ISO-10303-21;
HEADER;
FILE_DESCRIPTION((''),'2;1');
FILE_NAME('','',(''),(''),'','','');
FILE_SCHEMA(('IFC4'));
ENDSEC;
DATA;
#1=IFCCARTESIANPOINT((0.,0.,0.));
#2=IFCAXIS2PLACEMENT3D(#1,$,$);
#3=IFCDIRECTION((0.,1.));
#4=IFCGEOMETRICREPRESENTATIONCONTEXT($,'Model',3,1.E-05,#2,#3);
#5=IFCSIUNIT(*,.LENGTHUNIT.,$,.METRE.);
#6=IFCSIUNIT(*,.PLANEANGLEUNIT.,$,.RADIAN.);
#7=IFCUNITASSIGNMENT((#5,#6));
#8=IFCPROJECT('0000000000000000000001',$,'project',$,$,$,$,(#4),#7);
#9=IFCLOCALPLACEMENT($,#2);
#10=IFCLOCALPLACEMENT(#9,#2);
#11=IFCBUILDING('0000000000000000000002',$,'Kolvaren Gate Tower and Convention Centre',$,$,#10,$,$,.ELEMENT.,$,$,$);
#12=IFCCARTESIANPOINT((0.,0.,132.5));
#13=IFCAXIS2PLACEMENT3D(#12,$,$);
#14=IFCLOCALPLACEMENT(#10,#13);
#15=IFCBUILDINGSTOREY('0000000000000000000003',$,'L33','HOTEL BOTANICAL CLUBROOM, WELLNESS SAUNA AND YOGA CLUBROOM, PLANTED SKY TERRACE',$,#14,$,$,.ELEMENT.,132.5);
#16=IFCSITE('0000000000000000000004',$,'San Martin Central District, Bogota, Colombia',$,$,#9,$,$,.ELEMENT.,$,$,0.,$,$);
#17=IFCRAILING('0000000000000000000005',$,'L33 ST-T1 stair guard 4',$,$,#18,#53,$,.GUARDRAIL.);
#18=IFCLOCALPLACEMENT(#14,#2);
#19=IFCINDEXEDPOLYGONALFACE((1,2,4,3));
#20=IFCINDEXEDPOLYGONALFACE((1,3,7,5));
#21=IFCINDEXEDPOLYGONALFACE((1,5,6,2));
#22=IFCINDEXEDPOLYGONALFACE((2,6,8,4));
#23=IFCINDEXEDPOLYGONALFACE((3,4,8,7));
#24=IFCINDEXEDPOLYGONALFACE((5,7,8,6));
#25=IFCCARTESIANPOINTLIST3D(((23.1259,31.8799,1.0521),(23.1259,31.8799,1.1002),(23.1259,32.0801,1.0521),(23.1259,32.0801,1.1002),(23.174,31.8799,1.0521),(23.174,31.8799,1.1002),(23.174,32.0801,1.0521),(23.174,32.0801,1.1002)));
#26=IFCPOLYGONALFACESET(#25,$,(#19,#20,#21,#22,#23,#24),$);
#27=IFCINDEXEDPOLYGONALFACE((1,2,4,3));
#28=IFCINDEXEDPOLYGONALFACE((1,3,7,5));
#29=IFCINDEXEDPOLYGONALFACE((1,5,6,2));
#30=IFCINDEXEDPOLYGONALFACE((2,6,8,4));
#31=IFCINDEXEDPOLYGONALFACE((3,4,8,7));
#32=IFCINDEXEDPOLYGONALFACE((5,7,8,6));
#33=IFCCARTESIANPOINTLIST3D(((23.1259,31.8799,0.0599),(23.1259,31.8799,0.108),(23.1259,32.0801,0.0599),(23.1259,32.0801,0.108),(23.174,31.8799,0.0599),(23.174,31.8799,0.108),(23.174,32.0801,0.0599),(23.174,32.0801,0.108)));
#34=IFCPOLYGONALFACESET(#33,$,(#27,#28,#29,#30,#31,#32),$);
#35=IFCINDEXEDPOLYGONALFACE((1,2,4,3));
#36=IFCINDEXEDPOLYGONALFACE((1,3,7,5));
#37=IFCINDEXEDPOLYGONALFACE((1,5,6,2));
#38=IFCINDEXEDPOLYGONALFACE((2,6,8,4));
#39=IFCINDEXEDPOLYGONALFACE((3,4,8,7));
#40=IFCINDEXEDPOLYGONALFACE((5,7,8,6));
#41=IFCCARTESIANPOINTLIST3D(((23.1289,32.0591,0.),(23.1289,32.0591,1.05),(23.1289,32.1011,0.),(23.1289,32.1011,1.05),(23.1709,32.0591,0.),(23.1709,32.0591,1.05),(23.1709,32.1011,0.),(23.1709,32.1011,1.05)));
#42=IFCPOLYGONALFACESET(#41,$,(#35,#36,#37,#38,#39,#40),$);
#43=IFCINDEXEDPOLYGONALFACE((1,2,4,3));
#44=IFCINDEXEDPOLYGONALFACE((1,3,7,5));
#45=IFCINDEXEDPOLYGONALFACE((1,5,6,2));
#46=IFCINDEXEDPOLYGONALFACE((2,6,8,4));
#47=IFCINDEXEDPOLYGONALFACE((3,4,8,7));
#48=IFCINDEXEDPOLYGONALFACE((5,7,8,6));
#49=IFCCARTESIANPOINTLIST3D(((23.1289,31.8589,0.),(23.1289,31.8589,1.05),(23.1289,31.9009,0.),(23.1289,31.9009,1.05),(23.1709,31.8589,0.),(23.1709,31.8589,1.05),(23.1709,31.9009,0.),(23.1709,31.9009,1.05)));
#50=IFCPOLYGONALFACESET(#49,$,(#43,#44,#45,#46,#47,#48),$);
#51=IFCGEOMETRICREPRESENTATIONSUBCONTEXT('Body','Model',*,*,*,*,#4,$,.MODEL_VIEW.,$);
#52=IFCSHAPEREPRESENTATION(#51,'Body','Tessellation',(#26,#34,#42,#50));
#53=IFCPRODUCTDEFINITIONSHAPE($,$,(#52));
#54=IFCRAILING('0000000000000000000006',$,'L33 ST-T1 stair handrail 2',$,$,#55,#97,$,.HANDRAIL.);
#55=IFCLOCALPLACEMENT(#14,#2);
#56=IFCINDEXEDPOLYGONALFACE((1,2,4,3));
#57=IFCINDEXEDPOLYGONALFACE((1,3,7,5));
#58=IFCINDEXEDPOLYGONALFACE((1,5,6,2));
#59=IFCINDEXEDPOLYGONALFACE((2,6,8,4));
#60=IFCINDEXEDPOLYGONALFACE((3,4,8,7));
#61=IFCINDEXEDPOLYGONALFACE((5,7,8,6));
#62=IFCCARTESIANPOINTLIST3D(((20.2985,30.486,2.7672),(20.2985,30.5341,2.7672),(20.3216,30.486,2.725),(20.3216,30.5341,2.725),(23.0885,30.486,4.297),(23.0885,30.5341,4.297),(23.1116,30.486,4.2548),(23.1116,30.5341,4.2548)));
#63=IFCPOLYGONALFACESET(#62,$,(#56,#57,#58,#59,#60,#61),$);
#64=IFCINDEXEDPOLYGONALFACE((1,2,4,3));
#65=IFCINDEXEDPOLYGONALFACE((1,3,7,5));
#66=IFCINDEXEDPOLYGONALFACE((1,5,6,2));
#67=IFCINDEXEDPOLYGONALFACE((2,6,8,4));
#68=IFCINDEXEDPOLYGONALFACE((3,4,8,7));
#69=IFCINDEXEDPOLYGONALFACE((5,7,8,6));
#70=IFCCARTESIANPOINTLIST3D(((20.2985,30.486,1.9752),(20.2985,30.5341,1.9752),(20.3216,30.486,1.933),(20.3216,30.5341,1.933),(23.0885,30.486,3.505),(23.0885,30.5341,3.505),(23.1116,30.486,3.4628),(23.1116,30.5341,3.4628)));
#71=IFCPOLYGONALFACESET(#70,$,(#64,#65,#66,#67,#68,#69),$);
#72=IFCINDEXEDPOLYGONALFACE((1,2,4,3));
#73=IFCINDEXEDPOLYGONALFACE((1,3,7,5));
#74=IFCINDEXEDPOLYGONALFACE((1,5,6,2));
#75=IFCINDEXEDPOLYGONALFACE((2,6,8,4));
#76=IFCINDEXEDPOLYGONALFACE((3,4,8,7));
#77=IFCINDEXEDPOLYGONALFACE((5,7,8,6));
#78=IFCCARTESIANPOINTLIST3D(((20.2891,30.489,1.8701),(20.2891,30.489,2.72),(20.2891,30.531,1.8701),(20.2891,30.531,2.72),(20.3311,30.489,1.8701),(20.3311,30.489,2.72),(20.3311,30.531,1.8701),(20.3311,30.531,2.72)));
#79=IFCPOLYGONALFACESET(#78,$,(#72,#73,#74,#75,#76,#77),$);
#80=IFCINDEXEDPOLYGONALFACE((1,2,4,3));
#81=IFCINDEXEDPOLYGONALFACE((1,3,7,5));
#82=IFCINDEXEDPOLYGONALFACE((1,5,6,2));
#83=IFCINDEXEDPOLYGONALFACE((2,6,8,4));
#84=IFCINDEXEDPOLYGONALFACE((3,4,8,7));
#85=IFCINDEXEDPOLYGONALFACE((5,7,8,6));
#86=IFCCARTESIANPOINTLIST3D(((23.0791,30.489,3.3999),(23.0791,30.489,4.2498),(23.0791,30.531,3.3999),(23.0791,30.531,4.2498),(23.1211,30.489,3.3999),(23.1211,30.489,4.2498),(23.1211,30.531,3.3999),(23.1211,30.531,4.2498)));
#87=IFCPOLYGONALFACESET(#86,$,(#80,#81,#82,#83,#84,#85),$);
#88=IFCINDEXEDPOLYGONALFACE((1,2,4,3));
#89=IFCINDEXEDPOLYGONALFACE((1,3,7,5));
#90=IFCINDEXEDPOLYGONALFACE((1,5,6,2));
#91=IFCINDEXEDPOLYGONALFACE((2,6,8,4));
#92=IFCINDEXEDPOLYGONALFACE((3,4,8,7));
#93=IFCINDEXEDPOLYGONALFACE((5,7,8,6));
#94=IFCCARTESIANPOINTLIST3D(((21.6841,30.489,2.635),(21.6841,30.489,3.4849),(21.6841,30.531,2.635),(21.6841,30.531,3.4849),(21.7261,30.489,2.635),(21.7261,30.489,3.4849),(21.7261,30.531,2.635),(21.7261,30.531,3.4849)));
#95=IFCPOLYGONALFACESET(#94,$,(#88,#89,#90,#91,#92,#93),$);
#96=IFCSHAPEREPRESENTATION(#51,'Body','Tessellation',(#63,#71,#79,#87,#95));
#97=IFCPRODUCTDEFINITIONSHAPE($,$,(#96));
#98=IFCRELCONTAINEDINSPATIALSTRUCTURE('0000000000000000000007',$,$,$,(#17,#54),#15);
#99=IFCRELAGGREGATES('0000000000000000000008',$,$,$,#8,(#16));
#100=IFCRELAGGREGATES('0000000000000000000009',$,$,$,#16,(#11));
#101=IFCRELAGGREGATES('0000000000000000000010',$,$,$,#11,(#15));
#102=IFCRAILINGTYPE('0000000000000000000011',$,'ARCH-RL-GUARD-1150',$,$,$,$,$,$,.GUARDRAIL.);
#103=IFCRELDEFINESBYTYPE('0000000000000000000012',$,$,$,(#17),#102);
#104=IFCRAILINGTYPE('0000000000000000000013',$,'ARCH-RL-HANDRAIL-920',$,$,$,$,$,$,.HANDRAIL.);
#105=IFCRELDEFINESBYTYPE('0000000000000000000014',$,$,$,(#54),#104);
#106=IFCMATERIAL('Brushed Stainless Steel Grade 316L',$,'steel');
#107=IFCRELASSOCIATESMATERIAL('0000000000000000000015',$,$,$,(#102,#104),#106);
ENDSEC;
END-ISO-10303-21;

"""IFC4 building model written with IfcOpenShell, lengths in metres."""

from ifc_helpers import new_model, si_unit, direction, frame, origin, origin_2d, place, context, subcontext, project, spatial, rectangle, extrude, material, type_object, element, save


model = new_model("IFC4")

# Units and contexts
model_context = context("Model", 3, precision=1e-05, world=origin(), true_north=direction((0.0, 1.0)))
body_context = subcontext(model_context, "Body", "Model", "MODEL_VIEW")
ifc_project = project(units=[si_unit("LENGTHUNIT", "METRE"), si_unit("PLANEANGLEUNIT", "RADIAN")], contexts=[model_context])

# Site, building, storey
site_placement = place(None, origin())
site = spatial("IfcSite", under=ifc_project, at=site_placement, Name="San Martin Central District, Bogota, Colombia", CompositionType="ELEMENT", RefElevation=0.0)
building_placement = place(site_placement, origin())
building = spatial("IfcBuilding", under=site, at=building_placement, Name="Kolvaren Gate Tower and Convention Centre", CompositionType="ELEMENT")
storey_placement = place(building_placement, frame((0.0, 0.0, 132.5)))
storey = spatial("IfcBuildingStorey", under=building, at=storey_placement, Name="L33", Description="HOTEL BOTANICAL CLUBROOM, WELLNESS SAUNA AND YOGA CLUBROOM, PLANTED SKY TERRACE", CompositionType="ELEMENT", Elevation=132.5)

# Shared definitions
ifc_material_1 = material(Name="Brushed Stainless Steel Grade 316L", Category="steel")

# Railings
railing_type_1 = type_object("IfcRailingType", Name="ARCH-RL-GUARD-1150", PredefinedType="GUARDRAIL", material=ifc_material_1)
railing_1_placement = place(storey_placement, frame((23.1499, 32.0801, 0.0)))
element("IfcRailing", 1, at=railing_1_placement, inside=storey, type_object=railing_type_1, Name="L33 ST-T1 stair guard 4", PredefinedType="GUARDRAIL", context=body_context, shape_type="SweptSolid", body=[
    extrude(rectangle(XDim=0.0481, YDim=0.0481, at=origin_2d()), frame((0.0, 0.0, 1.0762), z_axis=(0.0, -1.0, 0.0), x_axis=(1.0, 0.0, 0.0)), (0.0, 0.0, 1.0), 0.2002),
    extrude(rectangle(XDim=0.0481, YDim=0.0481, at=origin_2d()), frame((0.0, 0.0, 0.084), z_axis=(0.0, -1.0, 0.0), x_axis=(1.0, 0.0, 0.0)), (0.0, 0.0, 1.0), 0.2002),
    extrude(rectangle(XDim=0.042, YDim=0.042, at=origin_2d()), origin(), (0.0, 0.0, 1.0), 1.05),
    extrude(rectangle(XDim=0.042, YDim=0.042, at=origin_2d()), frame((0.0, -0.2002, 0.0)), (0.0, 0.0, 1.0), 1.05),
])
railing_type_2 = type_object("IfcRailingType", Name="ARCH-RL-HANDRAIL-920", PredefinedType="HANDRAIL", material=ifc_material_1)
railing_2_placement = place(storey_placement, frame((20.3101, 30.51, 1.8701)))
element("IfcRailing", 2, at=railing_2_placement, inside=storey, type_object=railing_type_2, Name="L33 ST-T1 stair handrail 2", PredefinedType="HANDRAIL", context=body_context, shape_type="SweptSolid", body=[
    extrude(rectangle(XDim=0.0481, YDim=0.0481, at=origin_2d()), frame((0.0, 0.0, 0.876), z_axis=(0.876844, 0.0, 0.480776), x_axis=(0.0, 1.0, 0.0)), (0.0, 0.0, 1.0), 3.1819),
    extrude(rectangle(XDim=0.0481, YDim=0.0481, at=origin_2d()), frame((0.0, 0.0, 0.084), z_axis=(0.876844, 0.0, 0.480776), x_axis=(0.0, 1.0, 0.0)), (0.0, 0.0, 1.0), 3.1819),
    extrude(rectangle(XDim=0.042, YDim=0.042, at=origin_2d()), origin(), (0.0, 0.0, 1.0), 0.8499),
    extrude(rectangle(XDim=0.042, YDim=0.042, at=origin_2d()), frame((2.79, 0.0, 1.5298)), (0.0, 0.0, 1.0), 0.8499),
    extrude(rectangle(XDim=0.042, YDim=0.042, at=origin_2d()), frame((1.395, 0.0, 0.7649)), (0.0, 0.0, 1.0), 0.8499),
])

save(model, "model.ifc")
